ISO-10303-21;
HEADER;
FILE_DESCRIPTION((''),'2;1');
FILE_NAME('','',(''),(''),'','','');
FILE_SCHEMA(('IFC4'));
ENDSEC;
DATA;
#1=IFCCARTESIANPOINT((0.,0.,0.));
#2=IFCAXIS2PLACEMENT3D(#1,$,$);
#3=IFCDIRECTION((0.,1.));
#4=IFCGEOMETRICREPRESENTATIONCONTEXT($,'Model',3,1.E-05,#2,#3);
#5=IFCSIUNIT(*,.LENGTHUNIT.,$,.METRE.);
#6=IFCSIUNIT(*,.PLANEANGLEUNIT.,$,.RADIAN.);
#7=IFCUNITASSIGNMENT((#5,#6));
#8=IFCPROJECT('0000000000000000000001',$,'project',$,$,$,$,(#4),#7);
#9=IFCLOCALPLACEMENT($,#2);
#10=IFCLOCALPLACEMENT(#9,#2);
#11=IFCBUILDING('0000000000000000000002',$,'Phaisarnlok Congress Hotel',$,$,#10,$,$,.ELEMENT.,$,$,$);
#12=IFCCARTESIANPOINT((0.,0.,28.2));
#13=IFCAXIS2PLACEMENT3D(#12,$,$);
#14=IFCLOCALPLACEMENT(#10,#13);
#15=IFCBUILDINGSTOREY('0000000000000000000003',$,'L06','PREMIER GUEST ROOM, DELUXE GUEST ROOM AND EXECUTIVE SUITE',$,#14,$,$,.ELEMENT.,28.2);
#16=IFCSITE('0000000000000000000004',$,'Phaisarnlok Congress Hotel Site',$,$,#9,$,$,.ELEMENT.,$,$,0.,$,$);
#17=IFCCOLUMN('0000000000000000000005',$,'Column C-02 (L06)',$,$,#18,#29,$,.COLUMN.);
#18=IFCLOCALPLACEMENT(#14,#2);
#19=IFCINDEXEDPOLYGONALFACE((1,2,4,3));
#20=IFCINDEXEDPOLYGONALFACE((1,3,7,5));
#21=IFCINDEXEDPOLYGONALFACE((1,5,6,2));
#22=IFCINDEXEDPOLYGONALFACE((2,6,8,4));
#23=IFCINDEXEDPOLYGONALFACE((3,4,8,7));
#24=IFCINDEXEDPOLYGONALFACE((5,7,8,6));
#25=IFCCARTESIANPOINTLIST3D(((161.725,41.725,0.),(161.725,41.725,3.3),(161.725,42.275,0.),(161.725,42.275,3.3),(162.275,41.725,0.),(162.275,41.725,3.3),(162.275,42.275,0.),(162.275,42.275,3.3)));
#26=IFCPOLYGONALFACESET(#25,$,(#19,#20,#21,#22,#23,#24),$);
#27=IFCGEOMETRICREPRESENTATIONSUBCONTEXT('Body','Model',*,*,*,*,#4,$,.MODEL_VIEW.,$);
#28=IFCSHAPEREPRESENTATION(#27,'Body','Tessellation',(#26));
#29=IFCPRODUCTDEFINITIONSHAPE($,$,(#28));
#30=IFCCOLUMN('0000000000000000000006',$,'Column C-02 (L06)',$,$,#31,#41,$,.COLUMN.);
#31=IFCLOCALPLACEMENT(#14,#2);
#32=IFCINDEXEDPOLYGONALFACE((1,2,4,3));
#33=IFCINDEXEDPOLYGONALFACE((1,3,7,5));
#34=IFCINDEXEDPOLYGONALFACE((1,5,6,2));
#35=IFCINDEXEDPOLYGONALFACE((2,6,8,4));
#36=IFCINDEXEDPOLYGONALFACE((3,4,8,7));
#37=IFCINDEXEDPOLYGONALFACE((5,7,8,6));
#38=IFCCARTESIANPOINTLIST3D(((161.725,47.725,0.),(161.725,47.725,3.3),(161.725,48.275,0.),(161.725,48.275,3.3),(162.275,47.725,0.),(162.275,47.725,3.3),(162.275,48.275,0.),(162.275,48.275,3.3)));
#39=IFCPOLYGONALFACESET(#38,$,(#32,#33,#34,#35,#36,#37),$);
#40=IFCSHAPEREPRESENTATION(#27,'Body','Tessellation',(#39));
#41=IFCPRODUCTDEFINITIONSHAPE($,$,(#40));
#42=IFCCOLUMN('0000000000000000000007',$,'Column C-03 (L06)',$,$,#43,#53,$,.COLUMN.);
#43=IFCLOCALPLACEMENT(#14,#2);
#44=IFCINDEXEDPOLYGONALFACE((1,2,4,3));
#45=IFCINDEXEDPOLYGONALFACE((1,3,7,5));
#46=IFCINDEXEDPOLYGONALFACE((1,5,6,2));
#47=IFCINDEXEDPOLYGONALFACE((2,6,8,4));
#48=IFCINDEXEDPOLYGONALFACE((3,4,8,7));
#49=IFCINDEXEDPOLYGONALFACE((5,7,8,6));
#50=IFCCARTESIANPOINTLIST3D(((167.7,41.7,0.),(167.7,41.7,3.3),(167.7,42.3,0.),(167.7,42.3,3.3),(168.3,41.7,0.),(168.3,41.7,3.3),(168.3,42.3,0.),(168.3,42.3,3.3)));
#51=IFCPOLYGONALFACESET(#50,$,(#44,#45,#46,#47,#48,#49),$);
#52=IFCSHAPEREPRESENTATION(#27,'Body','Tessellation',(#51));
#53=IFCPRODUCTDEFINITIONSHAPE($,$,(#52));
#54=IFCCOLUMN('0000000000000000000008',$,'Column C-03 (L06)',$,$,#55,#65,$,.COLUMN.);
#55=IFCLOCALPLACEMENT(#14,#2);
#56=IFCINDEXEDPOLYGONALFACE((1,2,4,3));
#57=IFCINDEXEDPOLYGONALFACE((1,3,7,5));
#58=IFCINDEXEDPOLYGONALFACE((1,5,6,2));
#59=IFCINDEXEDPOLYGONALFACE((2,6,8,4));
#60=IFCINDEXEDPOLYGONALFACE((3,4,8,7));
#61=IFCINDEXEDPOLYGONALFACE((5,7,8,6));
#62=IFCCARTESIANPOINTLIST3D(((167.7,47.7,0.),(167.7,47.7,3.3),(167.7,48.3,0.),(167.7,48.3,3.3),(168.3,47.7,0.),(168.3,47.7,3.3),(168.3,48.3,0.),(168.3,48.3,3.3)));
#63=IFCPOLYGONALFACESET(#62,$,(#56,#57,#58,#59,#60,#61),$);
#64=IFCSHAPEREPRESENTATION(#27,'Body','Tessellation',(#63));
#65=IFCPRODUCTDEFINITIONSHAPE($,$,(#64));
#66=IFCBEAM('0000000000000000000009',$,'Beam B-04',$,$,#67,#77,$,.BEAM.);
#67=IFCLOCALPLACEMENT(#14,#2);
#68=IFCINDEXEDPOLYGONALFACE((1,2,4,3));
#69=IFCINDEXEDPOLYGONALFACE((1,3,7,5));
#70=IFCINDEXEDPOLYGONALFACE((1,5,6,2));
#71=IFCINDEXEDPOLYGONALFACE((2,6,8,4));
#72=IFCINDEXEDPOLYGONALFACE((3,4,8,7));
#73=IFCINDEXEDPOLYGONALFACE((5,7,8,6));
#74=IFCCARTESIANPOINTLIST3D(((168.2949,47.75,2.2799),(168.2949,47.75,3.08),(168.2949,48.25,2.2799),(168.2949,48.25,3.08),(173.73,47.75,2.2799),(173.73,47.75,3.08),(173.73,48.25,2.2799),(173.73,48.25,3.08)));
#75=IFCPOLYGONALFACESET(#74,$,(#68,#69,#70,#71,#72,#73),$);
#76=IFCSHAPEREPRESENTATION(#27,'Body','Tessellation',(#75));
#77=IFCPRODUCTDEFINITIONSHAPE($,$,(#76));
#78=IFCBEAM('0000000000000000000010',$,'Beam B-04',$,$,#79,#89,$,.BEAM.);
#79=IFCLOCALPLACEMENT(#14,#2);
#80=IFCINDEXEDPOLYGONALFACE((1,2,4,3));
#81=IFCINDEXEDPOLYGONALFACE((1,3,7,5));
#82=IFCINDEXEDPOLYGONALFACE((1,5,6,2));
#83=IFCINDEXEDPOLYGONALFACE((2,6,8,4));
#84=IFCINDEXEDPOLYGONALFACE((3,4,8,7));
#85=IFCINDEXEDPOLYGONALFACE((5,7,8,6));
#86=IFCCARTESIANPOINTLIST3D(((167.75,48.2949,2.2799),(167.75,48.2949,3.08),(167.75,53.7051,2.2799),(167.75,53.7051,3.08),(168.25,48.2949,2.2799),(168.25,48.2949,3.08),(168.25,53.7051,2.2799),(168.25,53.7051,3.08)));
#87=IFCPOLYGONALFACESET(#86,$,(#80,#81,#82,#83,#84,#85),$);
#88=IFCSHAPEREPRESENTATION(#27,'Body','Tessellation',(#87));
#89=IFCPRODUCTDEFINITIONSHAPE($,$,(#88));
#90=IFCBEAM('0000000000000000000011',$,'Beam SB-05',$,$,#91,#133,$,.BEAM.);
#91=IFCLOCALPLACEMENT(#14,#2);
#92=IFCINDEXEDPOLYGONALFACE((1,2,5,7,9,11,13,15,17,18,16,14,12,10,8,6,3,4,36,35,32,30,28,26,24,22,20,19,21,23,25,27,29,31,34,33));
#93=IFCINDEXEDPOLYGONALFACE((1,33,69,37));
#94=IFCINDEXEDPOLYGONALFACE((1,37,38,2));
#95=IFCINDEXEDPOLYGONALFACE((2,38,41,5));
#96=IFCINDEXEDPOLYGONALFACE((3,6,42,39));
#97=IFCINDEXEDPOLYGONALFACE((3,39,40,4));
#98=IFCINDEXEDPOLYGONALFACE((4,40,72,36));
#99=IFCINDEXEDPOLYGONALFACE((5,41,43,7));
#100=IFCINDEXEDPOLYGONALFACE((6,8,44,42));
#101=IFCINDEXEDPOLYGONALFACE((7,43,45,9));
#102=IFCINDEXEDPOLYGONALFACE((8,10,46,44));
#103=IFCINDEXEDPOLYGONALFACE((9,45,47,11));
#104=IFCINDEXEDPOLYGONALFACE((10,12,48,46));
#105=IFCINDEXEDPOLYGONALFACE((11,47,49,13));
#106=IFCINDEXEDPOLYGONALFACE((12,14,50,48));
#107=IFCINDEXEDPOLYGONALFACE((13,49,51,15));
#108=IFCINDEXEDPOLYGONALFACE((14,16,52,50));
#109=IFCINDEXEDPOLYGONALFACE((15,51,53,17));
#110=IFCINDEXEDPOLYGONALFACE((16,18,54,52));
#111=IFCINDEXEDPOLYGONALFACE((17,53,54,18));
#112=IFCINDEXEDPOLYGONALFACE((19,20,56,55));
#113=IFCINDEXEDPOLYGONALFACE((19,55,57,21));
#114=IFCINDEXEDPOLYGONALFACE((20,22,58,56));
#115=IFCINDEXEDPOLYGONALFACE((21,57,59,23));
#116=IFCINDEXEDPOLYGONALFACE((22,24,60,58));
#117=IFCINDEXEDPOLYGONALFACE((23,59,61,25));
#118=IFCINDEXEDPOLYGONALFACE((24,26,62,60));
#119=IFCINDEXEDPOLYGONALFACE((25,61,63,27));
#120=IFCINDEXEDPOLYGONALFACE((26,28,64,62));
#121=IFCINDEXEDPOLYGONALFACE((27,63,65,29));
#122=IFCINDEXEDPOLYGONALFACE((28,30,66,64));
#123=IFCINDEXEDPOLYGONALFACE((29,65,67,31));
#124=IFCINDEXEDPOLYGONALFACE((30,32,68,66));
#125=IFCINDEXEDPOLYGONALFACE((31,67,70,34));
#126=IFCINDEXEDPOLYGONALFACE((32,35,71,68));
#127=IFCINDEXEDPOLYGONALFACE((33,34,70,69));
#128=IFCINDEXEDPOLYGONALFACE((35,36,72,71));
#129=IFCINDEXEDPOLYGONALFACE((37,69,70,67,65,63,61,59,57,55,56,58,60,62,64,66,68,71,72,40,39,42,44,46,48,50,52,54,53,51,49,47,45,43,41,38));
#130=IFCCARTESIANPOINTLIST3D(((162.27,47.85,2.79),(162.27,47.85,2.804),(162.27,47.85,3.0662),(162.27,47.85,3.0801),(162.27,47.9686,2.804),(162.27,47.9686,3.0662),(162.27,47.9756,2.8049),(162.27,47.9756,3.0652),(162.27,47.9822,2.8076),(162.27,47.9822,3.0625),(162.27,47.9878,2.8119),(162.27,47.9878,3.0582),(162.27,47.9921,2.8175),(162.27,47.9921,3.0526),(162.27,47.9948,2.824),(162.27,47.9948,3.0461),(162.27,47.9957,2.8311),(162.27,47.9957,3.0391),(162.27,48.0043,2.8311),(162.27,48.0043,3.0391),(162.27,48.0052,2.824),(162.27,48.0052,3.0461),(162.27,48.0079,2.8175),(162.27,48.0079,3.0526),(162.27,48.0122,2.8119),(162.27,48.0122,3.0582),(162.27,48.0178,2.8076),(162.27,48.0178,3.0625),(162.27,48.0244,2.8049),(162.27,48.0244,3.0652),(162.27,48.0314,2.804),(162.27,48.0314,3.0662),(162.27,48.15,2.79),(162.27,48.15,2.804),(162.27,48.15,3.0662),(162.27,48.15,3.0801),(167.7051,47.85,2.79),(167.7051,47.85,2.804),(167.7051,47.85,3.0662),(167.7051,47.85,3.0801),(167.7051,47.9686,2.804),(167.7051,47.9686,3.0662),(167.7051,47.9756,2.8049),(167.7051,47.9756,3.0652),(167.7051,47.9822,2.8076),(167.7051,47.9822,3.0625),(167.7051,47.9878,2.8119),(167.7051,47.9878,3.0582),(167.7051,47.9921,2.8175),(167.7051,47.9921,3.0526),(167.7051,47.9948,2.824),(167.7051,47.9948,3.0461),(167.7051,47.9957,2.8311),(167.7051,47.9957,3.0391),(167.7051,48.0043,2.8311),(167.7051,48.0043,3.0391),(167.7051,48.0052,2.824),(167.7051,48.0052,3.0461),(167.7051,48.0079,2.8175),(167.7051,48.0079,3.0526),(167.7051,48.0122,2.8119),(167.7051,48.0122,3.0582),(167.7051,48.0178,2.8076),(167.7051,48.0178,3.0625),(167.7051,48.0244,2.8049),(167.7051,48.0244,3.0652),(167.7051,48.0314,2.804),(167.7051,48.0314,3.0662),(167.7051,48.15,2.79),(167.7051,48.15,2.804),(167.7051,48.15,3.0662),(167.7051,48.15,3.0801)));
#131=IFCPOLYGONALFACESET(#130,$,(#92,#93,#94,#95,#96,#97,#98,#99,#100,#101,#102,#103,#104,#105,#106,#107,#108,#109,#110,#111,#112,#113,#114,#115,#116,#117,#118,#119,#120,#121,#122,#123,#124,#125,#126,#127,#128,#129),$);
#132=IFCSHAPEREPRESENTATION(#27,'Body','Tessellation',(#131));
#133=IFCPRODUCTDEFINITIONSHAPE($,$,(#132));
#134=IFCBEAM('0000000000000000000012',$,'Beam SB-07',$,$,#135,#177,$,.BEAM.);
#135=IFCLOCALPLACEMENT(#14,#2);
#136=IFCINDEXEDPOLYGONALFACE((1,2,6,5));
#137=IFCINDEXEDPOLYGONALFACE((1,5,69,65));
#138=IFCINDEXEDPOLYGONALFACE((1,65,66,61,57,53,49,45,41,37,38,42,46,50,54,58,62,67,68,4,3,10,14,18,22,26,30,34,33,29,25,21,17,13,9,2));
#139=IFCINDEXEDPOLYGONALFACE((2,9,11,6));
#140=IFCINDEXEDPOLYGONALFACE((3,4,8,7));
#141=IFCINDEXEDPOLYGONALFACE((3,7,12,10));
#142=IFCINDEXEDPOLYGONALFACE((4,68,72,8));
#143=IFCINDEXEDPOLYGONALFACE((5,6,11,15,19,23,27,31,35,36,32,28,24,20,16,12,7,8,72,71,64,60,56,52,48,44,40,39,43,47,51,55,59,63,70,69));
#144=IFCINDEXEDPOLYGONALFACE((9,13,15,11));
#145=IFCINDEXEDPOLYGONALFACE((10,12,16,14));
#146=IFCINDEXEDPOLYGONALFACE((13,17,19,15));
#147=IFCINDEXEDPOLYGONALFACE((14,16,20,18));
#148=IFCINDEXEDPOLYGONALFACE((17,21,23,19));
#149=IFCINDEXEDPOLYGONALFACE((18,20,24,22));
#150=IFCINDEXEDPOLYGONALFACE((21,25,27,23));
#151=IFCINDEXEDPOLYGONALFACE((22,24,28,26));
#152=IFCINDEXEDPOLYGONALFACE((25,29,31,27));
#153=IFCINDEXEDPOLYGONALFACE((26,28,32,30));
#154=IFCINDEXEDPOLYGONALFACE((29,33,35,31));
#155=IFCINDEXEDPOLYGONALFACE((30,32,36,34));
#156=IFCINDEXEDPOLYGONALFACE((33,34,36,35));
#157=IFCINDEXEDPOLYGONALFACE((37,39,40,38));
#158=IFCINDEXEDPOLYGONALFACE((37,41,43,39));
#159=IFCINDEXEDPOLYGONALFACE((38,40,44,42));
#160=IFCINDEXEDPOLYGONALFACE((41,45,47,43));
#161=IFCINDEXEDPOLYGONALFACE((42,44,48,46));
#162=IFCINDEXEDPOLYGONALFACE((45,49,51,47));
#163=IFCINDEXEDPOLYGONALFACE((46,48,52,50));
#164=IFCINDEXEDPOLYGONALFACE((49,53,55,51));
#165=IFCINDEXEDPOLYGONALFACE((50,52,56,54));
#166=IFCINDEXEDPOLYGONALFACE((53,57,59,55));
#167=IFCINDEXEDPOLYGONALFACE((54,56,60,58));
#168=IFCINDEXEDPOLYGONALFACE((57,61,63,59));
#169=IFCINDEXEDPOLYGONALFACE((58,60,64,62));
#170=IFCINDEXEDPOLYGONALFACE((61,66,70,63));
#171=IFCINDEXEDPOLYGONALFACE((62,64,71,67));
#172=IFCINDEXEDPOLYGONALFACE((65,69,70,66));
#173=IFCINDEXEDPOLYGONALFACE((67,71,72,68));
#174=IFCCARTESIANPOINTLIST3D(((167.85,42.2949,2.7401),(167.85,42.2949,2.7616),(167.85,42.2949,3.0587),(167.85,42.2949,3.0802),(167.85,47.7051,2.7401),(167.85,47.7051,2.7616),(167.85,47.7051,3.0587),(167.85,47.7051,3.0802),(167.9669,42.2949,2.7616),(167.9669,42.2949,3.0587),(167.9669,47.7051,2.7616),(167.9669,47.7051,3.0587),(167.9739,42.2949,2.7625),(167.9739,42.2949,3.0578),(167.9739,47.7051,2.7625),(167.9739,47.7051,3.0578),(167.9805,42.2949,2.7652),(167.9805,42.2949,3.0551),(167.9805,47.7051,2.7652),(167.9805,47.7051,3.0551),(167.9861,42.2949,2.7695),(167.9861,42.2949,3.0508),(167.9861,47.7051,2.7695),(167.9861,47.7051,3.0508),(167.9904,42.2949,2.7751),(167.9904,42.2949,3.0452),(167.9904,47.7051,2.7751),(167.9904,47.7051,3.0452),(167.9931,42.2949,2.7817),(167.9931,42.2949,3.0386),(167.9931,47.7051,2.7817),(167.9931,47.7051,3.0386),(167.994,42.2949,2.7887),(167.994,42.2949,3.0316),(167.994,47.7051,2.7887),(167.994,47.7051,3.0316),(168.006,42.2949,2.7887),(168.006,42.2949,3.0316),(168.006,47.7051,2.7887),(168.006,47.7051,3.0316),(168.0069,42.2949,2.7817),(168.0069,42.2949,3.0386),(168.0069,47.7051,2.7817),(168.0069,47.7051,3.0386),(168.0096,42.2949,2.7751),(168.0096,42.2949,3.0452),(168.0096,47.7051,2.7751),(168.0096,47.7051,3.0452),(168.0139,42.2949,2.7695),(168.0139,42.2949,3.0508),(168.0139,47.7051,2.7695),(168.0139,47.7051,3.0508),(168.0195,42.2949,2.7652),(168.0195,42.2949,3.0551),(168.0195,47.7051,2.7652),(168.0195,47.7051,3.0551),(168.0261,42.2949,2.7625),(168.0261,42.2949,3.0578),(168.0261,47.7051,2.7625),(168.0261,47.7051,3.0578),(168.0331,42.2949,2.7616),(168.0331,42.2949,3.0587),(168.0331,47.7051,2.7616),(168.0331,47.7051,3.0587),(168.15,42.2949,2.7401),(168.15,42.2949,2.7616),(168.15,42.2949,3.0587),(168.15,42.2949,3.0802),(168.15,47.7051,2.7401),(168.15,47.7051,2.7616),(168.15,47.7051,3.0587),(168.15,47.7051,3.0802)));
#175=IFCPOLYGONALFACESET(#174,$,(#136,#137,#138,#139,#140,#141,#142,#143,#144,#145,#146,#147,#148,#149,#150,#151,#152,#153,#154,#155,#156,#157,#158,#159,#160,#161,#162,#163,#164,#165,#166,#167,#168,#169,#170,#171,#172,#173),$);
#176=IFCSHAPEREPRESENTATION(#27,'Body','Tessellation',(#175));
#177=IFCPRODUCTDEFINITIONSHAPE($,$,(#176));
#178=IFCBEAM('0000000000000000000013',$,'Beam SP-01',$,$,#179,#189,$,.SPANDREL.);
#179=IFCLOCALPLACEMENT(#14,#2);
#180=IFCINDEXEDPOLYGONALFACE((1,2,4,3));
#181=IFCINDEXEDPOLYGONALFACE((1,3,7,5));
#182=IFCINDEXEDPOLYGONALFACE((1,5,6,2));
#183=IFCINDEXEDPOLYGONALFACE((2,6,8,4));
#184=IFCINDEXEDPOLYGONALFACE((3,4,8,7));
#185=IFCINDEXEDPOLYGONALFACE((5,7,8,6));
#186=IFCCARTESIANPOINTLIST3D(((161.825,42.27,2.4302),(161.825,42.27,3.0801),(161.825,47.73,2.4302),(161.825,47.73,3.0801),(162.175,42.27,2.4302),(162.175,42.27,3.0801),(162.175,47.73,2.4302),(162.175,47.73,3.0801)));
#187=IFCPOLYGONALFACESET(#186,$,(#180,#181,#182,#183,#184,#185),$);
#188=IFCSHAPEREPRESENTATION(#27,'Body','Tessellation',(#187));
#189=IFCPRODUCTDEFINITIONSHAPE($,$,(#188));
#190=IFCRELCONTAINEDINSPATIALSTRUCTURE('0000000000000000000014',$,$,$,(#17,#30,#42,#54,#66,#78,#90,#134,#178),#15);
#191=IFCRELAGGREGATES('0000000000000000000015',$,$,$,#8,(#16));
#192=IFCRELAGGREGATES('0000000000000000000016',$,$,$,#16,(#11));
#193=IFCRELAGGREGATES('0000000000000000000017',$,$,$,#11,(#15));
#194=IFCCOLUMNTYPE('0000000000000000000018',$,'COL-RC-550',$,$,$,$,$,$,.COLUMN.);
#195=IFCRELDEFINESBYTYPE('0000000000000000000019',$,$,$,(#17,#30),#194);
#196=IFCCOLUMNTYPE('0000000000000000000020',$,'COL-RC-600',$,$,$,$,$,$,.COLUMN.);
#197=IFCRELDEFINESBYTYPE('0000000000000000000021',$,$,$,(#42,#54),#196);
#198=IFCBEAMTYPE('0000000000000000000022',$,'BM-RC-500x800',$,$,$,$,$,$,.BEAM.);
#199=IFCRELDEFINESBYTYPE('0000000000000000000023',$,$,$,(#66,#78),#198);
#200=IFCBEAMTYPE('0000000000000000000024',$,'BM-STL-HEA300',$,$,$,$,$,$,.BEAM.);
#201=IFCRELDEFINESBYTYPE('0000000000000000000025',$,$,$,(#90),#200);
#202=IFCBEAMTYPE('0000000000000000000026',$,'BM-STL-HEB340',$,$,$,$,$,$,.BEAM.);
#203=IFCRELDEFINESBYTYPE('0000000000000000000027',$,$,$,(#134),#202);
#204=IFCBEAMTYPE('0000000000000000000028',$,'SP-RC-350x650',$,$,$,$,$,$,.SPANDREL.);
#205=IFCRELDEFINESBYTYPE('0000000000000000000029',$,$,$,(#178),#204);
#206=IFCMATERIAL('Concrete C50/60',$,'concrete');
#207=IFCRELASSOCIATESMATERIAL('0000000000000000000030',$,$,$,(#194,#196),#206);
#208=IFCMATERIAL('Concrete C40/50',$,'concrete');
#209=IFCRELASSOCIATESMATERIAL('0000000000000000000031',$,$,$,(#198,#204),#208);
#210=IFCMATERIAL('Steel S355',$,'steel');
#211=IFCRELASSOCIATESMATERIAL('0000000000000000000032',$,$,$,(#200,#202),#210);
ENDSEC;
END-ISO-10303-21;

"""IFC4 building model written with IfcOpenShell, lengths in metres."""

from ifc_helpers import new_model, si_unit, direction, frame, origin, origin_2d, place, context, subcontext, project, spatial, rectangle, i_section, extrude, material, material_profile, profile_set, type_object, element, save


model = new_model("IFC4")

# Units and contexts
model_context = context("Model", 3, precision=1e-05, world=origin(), true_north=direction((0.0, 1.0)))
body_context = subcontext(model_context, "Body", "Model", "MODEL_VIEW")
ifc_project = project(units=[si_unit("LENGTHUNIT", "METRE"), si_unit("PLANEANGLEUNIT", "RADIAN")], contexts=[model_context])

# Site, building, storey
site_placement = place(None, origin())
site = spatial("IfcSite", under=ifc_project, at=site_placement, Name="Phaisarnlok Congress Hotel Site", CompositionType="ELEMENT", RefElevation=0.0)
building_placement = place(site_placement, origin())
building = spatial("IfcBuilding", under=site, at=building_placement, Name="Phaisarnlok Congress Hotel", CompositionType="ELEMENT")
storey_placement = place(building_placement, frame((0.0, 0.0, 28.2)))
storey = spatial("IfcBuildingStorey", under=building, at=storey_placement, Name="L06", Description="PREMIER GUEST ROOM, DELUXE GUEST ROOM AND EXECUTIVE SUITE", CompositionType="ELEMENT", Elevation=28.2)

# Columns
ifc_material_1 = material(Name="Concrete C50/60", Category="concrete")
ifc_material_profile_1 = material_profile(ifc_material_1, rectangle(XDim=0.55, YDim=0.55, at=origin_2d()), Name="RC 550x550")
ifc_profile_set_1 = profile_set([ifc_material_profile_1], Name="Concrete C50/60")
column_type_1 = type_object("IfcColumnType", Name="COL-RC-550", PredefinedType="COLUMN", material=ifc_profile_set_1)
for number, where, z_axis, x_axis, name in (
    (1, (162.0, 42.0, 0.0), (0.0, 0.0, 1.0), (1.0, 0.0, 0.0), "Column C-02 (L06)"),
    (2, (162.0, 48.0, 0.0), (0.0, 0.0, 1.0), (1.0, 0.0, 0.0), "Column C-02 (L06)"),
):
    element("IfcColumn", number, at=place(storey_placement, frame(where, z_axis=z_axis, x_axis=x_axis)), inside=storey, type_object=column_type_1, Name=name, PredefinedType="COLUMN", context=body_context, shape_type="SweptSolid", body=[
        extrude(rectangle(XDim=0.55, YDim=0.55, at=origin_2d()), origin(), (0.0, 0.0, 1.0), 3.3),
    ])
ifc_material_profile_2 = material_profile(ifc_material_1, rectangle(XDim=0.6001, YDim=0.6001, at=origin_2d()), Name="RC 600x600")
ifc_profile_set_2 = profile_set([ifc_material_profile_2], Name="Concrete C50/60")
column_type_2 = type_object("IfcColumnType", Name="COL-RC-600", PredefinedType="COLUMN", material=ifc_profile_set_2)
for number, where, z_axis, x_axis, name in (
    (3, (168.0, 42.0, 0.0), (0.0, 0.0, 1.0), (1.0, 0.0, 0.0), "Column C-03 (L06)"),
    (4, (168.0, 48.0, 0.0), (0.0, 0.0, 1.0), (1.0, 0.0, 0.0), "Column C-03 (L06)"),
):
    element("IfcColumn", number, at=place(storey_placement, frame(where, z_axis=z_axis, x_axis=x_axis)), inside=storey, type_object=column_type_2, Name=name, PredefinedType="COLUMN", context=body_context, shape_type="SweptSolid", body=[
        extrude(rectangle(XDim=0.6001, YDim=0.6001, at=origin_2d()), origin(), (0.0, 0.0, 1.0), 3.3),
    ])

# Beams
ifc_material_2 = material(Name="Concrete C40/50", Category="concrete")
ifc_material_profile_3 = material_profile(ifc_material_2, rectangle(XDim=0.5, YDim=0.8, at=origin_2d()), Name="RC 500x800")
ifc_profile_set_3 = profile_set([ifc_material_profile_3], Name="Concrete C40/50")
beam_type_1 = type_object("IfcBeamType", Name="BM-RC-500x800", PredefinedType="BEAM", material=ifc_profile_set_3)
beam_1_placement = place(storey_placement, frame((168.2949, 48.0, 2.6799), z_axis=(1.0, 0.0, 0.0), x_axis=(0.0, 1.0, 0.0)))
element("IfcBeam", 5, at=beam_1_placement, inside=storey, type_object=beam_type_1, Name="Beam B-04", PredefinedType="BEAM", context=body_context, shape_type="SweptSolid", body=[
    extrude(rectangle(XDim=0.5, YDim=0.8, at=origin_2d()), origin(), (0.0, 0.0, 1.0), 5.4351),
])
beam_2_placement = place(storey_placement, frame((168.0, 48.2949, 2.6799), z_axis=(0.0, 1.0, 0.0), x_axis=(-1.0, 0.0, 0.0)))
element("IfcBeam", 6, at=beam_2_placement, inside=storey, type_object=beam_type_1, Name="Beam B-04", PredefinedType="BEAM", context=body_context, shape_type="SweptSolid", body=[
    extrude(rectangle(XDim=0.5, YDim=0.8, at=origin_2d()), origin(), (0.0, 0.0, 1.0), 5.4102),
])
ifc_material_3 = material(Name="Steel S355", Category="steel")
ifc_material_profile_4 = material_profile(ifc_material_3, i_section(OverallWidth=0.3, OverallDepth=0.29, WebThickness=0.0085, FlangeThickness=0.0139, FilletRadius=0.0271, at=origin_2d()), Name="HEA 300")
ifc_profile_set_4 = profile_set([ifc_material_profile_4], Name="Steel S355")
beam_type_2 = type_object("IfcBeamType", Name="BM-STL-HEA300", PredefinedType="BEAM", material=ifc_profile_set_4)
beam_3_placement = place(storey_placement, frame((162.27, 48.0, 2.9351), z_axis=(1.0, 0.0, 0.0), x_axis=(0.0, 1.0, 0.0)))
element("IfcBeam", 7, at=beam_3_placement, inside=storey, type_object=beam_type_2, Name="Beam SB-05", PredefinedType="BEAM", context=body_context, shape_type="SweptSolid", body=[
    extrude(i_section(OverallWidth=0.3, OverallDepth=0.29, WebThickness=0.0085, FlangeThickness=0.0139, FilletRadius=0.0271, at=origin_2d()), origin(), (0.0, 0.0, 1.0), 5.4351),
])
ifc_material_profile_5 = material_profile(ifc_material_3, i_section(OverallWidth=0.3, OverallDepth=0.3401, WebThickness=0.012, FlangeThickness=0.0215, FilletRadius=0.0271, at=origin_2d()), Name="HEB 340")
ifc_profile_set_5 = profile_set([ifc_material_profile_5], Name="Steel S355")
beam_type_3 = type_object("IfcBeamType", Name="BM-STL-HEB340", PredefinedType="BEAM", material=ifc_profile_set_5)
beam_4_placement = place(storey_placement, frame((168.0, 42.2949, 2.9102), z_axis=(0.0, 1.0, 0.0), x_axis=(-1.0, 0.0, 0.0)))
element("IfcBeam", 8, at=beam_4_placement, inside=storey, type_object=beam_type_3, Name="Beam SB-07", PredefinedType="BEAM", context=body_context, shape_type="SweptSolid", body=[
    extrude(i_section(OverallWidth=0.3, OverallDepth=0.3401, WebThickness=0.012, FlangeThickness=0.0215, FilletRadius=0.0271, at=origin_2d()), origin(), (0.0, 0.0, 1.0), 5.4102),
])
ifc_material_profile_6 = material_profile(ifc_material_2, rectangle(XDim=0.3501, YDim=0.6499, at=origin_2d()), Name="RC 350x650")
ifc_profile_set_6 = profile_set([ifc_material_profile_6], Name="Concrete C40/50")
beam_type_4 = type_object("IfcBeamType", Name="SP-RC-350x650", PredefinedType="SPANDREL", material=ifc_profile_set_6)
for number, where, z_axis, x_axis, name in (
    (9, (162.0, 42.27, 2.7551), (0.0, 1.0, 0.0), (-1.0, 0.0, 0.0), "Beam SP-01"),
):
    element("IfcBeam", number, at=place(storey_placement, frame(where, z_axis=z_axis, x_axis=x_axis)), inside=storey, type_object=beam_type_4, Name=name, PredefinedType="SPANDREL", context=body_context, shape_type="SweptSolid", body=[
        extrude(rectangle(XDim=0.3501, YDim=0.6499, at=origin_2d()), origin(), (0.0, 0.0, 1.0), 5.46),
    ])

save(model, "model.ifc")
